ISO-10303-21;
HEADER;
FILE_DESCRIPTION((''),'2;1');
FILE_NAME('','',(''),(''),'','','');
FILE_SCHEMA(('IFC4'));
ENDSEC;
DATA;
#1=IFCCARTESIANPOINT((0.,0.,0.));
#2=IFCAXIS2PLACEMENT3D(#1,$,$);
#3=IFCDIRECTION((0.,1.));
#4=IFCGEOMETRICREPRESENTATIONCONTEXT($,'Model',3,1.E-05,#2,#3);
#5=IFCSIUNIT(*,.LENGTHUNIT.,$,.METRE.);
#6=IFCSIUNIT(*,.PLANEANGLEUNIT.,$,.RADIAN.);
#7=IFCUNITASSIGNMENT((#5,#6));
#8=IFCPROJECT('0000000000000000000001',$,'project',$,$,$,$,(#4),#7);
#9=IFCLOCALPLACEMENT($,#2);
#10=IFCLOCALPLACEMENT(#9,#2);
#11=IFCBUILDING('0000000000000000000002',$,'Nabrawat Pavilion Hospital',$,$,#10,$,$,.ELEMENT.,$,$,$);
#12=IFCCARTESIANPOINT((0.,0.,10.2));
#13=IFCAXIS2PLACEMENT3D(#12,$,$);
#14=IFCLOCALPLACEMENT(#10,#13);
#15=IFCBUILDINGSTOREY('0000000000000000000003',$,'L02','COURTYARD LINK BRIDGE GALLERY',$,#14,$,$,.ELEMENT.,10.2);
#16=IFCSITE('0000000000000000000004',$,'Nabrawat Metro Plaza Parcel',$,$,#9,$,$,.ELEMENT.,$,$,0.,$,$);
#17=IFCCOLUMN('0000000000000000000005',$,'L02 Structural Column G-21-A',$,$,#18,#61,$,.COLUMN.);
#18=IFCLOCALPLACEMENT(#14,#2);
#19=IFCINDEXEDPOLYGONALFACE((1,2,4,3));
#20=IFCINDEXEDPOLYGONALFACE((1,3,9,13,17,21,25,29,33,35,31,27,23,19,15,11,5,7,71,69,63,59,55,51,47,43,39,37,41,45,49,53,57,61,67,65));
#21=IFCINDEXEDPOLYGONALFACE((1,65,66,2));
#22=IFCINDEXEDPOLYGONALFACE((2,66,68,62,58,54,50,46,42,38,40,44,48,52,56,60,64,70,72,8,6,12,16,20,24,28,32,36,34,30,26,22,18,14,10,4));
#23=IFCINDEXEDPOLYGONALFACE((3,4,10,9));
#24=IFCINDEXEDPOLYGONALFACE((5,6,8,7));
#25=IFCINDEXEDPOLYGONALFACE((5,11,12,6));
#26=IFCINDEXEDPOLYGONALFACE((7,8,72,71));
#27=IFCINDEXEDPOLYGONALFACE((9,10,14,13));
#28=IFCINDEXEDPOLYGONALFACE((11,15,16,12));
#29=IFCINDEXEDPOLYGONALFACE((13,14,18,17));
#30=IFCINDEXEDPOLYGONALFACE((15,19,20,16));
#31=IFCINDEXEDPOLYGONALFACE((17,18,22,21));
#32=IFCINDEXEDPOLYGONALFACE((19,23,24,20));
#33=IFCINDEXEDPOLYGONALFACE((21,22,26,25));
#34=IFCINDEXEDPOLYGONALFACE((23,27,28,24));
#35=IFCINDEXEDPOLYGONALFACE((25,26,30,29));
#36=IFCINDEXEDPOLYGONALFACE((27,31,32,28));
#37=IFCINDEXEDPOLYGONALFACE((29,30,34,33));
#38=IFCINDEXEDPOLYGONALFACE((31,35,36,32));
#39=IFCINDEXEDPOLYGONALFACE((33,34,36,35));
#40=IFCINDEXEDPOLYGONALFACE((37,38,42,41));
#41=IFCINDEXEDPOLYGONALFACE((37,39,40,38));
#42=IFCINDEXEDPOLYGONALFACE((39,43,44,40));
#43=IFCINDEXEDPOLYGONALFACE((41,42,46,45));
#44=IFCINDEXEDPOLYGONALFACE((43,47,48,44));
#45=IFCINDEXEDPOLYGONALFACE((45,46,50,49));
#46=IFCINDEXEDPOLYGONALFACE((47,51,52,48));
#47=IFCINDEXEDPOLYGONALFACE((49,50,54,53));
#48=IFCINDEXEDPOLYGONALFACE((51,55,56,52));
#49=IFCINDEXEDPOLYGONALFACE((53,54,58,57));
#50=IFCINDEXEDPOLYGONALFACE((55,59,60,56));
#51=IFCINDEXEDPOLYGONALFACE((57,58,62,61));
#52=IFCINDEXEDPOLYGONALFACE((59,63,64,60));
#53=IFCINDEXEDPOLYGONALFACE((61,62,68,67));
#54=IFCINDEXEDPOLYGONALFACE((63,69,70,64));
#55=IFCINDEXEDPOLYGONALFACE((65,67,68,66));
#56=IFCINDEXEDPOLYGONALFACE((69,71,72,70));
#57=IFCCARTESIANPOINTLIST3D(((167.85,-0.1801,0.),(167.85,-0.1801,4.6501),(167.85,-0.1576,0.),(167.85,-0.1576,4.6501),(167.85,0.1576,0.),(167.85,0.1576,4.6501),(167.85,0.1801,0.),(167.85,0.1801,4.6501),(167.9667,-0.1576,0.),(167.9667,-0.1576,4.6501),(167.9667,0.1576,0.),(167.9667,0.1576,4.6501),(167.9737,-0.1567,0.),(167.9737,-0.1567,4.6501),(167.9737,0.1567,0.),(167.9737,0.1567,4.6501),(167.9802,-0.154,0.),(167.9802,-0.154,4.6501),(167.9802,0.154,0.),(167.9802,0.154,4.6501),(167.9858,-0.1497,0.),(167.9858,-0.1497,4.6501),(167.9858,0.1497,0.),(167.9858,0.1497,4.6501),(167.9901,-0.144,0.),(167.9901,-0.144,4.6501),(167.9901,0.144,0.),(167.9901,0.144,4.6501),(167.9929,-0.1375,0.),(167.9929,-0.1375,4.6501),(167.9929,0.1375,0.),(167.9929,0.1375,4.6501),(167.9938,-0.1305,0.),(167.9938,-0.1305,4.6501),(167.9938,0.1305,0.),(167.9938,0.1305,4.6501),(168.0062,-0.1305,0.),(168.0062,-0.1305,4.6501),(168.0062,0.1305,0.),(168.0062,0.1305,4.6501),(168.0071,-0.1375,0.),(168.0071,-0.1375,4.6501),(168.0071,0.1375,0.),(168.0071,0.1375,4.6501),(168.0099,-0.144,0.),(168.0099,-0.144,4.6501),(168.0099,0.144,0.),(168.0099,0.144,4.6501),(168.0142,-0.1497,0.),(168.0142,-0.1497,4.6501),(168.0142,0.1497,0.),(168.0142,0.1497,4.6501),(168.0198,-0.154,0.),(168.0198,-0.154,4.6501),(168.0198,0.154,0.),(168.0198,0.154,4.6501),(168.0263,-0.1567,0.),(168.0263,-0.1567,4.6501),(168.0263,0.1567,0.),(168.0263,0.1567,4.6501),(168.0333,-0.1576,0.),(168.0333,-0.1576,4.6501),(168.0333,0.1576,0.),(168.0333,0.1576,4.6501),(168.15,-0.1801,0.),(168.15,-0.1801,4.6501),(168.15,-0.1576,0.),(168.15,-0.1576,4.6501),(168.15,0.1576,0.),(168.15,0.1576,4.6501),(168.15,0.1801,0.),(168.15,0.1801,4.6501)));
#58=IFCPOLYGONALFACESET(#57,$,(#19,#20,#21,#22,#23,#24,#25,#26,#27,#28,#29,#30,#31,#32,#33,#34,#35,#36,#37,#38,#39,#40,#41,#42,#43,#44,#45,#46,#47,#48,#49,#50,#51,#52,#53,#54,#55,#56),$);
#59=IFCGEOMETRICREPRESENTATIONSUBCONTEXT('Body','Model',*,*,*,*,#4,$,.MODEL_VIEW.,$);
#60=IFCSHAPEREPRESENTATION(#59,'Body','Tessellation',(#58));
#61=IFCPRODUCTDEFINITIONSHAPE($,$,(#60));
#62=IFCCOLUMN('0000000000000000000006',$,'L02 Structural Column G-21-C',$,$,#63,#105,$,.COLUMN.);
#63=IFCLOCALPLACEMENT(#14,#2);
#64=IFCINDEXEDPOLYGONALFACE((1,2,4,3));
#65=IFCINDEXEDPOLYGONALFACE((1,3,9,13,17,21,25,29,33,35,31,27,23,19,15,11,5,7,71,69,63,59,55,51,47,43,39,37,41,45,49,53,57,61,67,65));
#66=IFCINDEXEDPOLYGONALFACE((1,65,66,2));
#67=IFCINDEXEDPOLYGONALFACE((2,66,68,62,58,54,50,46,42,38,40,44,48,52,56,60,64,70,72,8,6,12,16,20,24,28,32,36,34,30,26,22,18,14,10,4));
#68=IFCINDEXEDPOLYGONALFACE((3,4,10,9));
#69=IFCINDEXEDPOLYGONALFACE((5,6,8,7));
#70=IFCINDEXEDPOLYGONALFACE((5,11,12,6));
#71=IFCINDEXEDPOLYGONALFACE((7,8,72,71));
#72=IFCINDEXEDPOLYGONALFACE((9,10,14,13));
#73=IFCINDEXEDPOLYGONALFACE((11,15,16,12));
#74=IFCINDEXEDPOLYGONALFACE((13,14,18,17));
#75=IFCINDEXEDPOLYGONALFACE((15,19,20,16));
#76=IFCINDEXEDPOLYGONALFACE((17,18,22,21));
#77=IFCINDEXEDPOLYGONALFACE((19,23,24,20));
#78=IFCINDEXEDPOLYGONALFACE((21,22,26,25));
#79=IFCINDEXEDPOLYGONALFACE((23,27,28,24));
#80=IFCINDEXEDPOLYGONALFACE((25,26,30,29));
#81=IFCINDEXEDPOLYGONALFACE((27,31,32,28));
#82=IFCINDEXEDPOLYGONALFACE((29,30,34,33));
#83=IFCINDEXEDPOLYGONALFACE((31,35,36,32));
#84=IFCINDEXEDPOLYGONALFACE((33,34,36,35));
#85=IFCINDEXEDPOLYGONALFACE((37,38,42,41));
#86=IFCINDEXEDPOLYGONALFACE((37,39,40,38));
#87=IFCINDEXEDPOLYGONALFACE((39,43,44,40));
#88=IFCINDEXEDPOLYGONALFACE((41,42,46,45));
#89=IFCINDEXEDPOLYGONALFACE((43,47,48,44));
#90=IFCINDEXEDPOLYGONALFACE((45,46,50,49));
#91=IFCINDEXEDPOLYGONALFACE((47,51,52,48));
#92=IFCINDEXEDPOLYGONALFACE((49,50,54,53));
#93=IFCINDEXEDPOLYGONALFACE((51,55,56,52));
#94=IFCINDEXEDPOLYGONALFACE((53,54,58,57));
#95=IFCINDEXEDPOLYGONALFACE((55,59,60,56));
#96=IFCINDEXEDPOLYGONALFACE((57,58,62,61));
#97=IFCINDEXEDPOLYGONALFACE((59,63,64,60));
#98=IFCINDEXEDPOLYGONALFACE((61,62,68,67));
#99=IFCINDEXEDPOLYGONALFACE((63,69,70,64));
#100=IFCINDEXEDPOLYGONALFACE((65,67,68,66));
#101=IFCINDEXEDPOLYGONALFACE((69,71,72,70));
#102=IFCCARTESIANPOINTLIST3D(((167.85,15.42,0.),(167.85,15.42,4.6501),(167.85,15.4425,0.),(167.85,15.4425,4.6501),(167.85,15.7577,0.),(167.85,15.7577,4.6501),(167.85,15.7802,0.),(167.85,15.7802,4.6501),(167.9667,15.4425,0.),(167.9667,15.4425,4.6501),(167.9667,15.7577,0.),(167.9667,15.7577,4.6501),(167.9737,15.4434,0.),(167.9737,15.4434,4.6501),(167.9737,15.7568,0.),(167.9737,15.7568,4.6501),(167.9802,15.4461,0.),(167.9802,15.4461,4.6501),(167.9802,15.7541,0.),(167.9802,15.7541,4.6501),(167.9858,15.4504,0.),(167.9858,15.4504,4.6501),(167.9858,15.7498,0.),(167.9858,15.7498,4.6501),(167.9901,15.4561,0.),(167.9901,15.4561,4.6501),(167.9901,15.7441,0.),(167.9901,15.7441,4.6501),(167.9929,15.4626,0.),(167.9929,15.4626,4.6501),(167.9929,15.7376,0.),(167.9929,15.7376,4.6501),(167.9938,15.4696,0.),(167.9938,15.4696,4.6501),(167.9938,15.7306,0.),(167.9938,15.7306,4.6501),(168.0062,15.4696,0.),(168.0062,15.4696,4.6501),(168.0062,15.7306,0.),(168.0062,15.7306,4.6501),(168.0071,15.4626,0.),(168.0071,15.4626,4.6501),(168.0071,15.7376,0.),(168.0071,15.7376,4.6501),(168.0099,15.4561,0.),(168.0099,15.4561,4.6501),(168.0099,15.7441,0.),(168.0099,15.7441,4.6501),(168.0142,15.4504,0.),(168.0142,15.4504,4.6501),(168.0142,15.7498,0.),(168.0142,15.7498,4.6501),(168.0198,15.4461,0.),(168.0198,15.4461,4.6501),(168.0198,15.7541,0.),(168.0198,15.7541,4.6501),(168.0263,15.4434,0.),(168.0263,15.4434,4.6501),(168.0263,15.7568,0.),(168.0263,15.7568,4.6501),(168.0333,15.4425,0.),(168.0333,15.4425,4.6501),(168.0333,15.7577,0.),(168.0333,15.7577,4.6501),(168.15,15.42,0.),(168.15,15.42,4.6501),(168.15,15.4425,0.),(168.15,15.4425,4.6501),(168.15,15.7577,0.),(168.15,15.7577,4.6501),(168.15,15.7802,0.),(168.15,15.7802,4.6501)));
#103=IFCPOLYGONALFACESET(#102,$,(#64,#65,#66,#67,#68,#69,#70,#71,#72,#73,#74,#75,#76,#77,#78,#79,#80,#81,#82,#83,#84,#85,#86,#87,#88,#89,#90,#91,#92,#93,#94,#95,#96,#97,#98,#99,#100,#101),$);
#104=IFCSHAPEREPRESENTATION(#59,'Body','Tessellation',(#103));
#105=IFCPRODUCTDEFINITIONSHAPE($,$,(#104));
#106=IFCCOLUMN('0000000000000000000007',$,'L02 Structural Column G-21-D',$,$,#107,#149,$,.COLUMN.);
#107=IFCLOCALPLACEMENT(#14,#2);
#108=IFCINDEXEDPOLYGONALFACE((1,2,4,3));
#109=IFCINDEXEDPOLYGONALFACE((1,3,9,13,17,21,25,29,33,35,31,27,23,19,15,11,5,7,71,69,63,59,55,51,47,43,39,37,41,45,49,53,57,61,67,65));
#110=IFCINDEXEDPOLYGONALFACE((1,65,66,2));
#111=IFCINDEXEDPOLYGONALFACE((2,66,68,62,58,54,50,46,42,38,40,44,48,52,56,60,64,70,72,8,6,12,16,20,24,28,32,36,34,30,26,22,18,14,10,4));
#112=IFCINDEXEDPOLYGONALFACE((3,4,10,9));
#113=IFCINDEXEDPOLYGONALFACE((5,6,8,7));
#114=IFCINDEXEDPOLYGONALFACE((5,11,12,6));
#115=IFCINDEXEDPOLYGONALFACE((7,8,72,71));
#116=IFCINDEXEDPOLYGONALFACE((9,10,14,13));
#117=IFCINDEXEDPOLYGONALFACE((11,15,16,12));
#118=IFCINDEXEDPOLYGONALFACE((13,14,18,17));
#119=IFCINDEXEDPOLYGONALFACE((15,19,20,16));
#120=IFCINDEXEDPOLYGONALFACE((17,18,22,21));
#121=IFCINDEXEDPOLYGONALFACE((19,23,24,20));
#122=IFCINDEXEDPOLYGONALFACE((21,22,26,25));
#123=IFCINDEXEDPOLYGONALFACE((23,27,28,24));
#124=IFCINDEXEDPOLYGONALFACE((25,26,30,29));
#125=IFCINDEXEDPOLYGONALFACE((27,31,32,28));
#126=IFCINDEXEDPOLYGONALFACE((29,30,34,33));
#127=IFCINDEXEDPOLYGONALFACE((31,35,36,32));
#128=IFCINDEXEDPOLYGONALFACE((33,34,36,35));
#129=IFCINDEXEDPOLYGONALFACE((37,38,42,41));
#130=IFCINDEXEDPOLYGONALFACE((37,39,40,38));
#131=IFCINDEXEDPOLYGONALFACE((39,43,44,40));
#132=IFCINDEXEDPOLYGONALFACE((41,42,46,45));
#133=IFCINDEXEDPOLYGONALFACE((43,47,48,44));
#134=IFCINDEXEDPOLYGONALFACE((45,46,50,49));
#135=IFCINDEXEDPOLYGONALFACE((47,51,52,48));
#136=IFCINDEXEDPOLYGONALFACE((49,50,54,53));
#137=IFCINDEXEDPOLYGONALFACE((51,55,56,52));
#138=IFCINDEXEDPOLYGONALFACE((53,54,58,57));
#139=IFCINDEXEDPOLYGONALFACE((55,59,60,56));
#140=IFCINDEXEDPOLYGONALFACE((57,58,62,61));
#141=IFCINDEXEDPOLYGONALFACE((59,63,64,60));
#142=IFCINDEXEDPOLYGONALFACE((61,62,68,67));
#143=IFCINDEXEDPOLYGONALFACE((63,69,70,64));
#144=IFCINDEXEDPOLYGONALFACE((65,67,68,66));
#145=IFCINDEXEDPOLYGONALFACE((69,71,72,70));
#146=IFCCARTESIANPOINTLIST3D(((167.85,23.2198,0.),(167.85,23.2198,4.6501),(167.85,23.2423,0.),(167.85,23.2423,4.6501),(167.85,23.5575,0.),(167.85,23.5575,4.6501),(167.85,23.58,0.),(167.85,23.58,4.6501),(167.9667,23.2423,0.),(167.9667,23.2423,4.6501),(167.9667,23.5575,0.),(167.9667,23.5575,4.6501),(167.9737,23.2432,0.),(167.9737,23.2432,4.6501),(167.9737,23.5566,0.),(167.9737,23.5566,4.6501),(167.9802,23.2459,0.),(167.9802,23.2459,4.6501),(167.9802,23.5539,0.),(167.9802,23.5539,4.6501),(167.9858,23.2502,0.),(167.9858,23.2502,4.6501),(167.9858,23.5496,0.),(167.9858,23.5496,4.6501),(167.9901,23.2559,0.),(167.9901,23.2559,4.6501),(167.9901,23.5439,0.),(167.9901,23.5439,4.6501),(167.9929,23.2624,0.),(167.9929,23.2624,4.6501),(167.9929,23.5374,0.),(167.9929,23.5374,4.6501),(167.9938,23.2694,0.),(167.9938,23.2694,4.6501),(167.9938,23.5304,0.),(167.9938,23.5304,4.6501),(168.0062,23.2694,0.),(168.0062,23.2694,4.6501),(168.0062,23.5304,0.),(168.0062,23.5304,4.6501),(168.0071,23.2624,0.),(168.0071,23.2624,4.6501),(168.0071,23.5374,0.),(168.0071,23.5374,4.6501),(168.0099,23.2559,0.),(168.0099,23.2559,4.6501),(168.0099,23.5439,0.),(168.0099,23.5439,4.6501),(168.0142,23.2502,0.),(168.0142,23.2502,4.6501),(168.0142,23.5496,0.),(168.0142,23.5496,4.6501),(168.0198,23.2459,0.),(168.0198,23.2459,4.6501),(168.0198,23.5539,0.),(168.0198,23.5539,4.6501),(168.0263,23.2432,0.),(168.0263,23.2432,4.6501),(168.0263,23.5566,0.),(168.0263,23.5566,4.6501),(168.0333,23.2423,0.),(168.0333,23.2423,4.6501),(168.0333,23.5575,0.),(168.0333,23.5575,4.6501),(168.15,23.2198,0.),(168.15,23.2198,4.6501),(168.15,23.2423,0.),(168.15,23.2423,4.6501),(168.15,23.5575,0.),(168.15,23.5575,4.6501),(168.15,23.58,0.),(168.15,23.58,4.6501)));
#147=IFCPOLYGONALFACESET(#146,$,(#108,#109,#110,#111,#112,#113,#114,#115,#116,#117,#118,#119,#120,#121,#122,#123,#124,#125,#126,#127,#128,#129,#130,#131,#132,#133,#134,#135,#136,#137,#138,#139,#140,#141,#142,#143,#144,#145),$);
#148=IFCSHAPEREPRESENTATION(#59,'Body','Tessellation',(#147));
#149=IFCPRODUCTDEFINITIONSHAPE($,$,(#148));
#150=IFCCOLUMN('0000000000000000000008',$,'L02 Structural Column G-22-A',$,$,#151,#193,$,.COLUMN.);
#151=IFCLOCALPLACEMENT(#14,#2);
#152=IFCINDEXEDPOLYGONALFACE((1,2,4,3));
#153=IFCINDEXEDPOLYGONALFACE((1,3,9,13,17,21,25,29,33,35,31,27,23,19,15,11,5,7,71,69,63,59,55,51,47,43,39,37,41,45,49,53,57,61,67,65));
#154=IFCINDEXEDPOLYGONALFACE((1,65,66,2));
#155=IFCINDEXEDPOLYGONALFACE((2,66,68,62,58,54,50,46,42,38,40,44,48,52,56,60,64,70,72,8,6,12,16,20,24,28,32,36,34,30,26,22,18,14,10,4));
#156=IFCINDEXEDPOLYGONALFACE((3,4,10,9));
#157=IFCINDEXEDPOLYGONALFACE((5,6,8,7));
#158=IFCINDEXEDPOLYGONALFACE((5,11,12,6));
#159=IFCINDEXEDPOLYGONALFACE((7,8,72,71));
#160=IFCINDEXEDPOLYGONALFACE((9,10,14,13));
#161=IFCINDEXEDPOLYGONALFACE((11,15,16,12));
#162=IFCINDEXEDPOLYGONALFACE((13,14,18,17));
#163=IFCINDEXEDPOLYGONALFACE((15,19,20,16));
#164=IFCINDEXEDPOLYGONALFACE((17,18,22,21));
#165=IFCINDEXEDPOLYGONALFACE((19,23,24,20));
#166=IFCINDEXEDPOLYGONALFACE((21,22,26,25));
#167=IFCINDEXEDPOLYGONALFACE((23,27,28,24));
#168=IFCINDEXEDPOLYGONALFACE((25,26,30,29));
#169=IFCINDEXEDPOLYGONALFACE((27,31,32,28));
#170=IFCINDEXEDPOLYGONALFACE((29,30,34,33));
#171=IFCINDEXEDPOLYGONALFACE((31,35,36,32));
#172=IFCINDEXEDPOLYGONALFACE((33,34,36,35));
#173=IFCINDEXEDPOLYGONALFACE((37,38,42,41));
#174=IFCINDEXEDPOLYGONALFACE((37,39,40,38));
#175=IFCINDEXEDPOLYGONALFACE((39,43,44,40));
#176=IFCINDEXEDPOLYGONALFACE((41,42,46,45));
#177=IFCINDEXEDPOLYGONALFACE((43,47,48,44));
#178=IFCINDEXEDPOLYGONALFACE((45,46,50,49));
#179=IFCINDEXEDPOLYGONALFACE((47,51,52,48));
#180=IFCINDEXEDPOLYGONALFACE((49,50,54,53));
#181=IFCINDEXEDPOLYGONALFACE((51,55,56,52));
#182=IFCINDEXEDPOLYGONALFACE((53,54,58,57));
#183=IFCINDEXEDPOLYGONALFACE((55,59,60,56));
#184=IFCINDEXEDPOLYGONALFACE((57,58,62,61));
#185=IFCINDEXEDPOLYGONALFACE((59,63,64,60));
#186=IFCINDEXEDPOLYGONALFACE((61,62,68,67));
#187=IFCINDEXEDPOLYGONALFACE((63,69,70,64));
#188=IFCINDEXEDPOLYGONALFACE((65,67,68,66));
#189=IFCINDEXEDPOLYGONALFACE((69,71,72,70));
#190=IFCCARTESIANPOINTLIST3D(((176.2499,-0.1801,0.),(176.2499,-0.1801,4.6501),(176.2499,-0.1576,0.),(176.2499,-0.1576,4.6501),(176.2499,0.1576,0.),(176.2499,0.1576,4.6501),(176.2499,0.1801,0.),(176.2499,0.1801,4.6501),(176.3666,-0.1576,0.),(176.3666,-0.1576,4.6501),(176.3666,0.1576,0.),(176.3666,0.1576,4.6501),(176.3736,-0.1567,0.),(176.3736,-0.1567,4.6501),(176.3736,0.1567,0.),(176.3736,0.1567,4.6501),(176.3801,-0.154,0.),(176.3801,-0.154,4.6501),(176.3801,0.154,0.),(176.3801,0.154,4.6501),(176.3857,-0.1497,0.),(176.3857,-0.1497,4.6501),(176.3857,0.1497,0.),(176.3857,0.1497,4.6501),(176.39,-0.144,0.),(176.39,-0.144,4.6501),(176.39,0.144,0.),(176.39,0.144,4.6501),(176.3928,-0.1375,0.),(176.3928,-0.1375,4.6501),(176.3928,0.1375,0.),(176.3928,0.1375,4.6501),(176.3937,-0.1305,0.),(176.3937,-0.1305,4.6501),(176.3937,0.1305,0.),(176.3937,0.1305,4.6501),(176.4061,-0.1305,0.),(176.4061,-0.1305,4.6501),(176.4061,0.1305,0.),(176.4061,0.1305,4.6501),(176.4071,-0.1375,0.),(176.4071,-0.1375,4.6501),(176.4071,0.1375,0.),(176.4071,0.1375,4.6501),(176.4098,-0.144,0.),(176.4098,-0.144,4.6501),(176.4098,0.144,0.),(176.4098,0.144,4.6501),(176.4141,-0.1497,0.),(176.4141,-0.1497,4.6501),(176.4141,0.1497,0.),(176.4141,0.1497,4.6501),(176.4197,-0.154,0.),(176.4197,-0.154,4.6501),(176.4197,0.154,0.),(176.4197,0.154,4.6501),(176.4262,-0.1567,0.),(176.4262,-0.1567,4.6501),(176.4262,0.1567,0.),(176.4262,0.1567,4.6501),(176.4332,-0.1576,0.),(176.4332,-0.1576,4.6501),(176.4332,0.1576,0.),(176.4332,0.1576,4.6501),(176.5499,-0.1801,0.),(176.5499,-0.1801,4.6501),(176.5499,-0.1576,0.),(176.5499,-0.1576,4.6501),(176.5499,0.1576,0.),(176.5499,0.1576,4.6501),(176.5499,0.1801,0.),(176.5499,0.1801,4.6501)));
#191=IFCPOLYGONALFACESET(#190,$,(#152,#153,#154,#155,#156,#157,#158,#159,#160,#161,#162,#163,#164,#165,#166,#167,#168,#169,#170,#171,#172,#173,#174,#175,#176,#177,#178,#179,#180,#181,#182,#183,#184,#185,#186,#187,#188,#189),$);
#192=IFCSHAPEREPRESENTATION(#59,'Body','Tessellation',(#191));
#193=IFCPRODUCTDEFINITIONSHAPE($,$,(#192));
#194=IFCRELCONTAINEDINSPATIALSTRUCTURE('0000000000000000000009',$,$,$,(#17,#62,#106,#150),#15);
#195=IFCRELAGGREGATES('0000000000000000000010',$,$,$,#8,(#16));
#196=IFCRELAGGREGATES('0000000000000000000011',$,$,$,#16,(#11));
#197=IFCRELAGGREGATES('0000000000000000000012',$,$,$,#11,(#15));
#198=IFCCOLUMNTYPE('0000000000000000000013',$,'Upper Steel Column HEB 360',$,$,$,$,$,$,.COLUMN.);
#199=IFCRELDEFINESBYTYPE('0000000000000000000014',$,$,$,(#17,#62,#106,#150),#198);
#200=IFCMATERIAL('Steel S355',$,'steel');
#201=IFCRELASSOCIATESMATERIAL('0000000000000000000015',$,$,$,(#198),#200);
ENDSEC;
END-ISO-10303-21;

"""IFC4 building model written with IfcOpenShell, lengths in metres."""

from ifc_helpers import new_model, si_unit, direction, frame, origin, origin_2d, place, context, subcontext, project, spatial, i_section, extrude, material, material_profile, profile_set, type_object, element, save


model = new_model("IFC4")

# Units and contexts
model_context = context("Model", 3, precision=1e-05, world=origin(), true_north=direction((0.0, 1.0)))
body_context = subcontext(model_context, "Body", "Model", "MODEL_VIEW")
ifc_project = project(units=[si_unit("LENGTHUNIT", "METRE"), si_unit("PLANEANGLEUNIT", "RADIAN")], contexts=[model_context])

# Site, building, storey
site_placement = place(None, origin())
site = spatial("IfcSite", under=ifc_project, at=site_placement, Name="Nabrawat Metro Plaza Parcel", CompositionType="ELEMENT", RefElevation=0.0)
building_placement = place(site_placement, origin())
building = spatial("IfcBuilding", under=site, at=building_placement, Name="Nabrawat Pavilion Hospital", CompositionType="ELEMENT")
storey_placement = place(building_placement, frame((0.0, 0.0, 10.2)))
storey = spatial("IfcBuildingStorey", under=building, at=storey_placement, Name="L02", Description="COURTYARD LINK BRIDGE GALLERY", CompositionType="ELEMENT", Elevation=10.2)

# Columns
ifc_material_1 = material(Name="Steel S355", Category="steel")
ifc_material_profile_1 = material_profile(ifc_material_1, i_section(OverallWidth=0.3, OverallDepth=0.3601, WebThickness=0.0125, FlangeThickness=0.0225, FilletRadius=0.0271, at=origin_2d()), Name="HEB 360")
ifc_profile_set_1 = profile_set([ifc_material_profile_1], Name="Steel S355")
column_type = type_object("IfcColumnType", Name="Upper Steel Column HEB 360", PredefinedType="COLUMN", material=ifc_profile_set_1)
for number, where, z_axis, x_axis, name in (
    (1, (168.0, 0.0, 0.0), (0.0, 0.0, 1.0), (1.0, 0.0, 0.0), "L02 Structural Column G-21-A"),
    (2, (168.0, 15.6001, 0.0), (0.0, 0.0, 1.0), (1.0, 0.0, 0.0), "L02 Structural Column G-21-C"),
    (3, (168.0, 23.3999, 0.0), (0.0, 0.0, 1.0), (1.0, 0.0, 0.0), "L02 Structural Column G-21-D"),
    (4, (176.3999, 0.0, 0.0), (0.0, 0.0, 1.0), (1.0, 0.0, 0.0), "L02 Structural Column G-22-A"),
):
    element("IfcColumn", number, at=place(storey_placement, frame(where, z_axis=z_axis, x_axis=x_axis)), inside=storey, type_object=column_type, Name=name, PredefinedType="COLUMN", context=body_context, shape_type="SweptSolid", body=[
        extrude(i_section(OverallWidth=0.3, OverallDepth=0.3601, WebThickness=0.0125, FlangeThickness=0.0225, FilletRadius=0.0271, at=origin_2d()), origin(), (0.0, 0.0, 1.0), 4.6501),
    ])

save(model, "model.ifc")
